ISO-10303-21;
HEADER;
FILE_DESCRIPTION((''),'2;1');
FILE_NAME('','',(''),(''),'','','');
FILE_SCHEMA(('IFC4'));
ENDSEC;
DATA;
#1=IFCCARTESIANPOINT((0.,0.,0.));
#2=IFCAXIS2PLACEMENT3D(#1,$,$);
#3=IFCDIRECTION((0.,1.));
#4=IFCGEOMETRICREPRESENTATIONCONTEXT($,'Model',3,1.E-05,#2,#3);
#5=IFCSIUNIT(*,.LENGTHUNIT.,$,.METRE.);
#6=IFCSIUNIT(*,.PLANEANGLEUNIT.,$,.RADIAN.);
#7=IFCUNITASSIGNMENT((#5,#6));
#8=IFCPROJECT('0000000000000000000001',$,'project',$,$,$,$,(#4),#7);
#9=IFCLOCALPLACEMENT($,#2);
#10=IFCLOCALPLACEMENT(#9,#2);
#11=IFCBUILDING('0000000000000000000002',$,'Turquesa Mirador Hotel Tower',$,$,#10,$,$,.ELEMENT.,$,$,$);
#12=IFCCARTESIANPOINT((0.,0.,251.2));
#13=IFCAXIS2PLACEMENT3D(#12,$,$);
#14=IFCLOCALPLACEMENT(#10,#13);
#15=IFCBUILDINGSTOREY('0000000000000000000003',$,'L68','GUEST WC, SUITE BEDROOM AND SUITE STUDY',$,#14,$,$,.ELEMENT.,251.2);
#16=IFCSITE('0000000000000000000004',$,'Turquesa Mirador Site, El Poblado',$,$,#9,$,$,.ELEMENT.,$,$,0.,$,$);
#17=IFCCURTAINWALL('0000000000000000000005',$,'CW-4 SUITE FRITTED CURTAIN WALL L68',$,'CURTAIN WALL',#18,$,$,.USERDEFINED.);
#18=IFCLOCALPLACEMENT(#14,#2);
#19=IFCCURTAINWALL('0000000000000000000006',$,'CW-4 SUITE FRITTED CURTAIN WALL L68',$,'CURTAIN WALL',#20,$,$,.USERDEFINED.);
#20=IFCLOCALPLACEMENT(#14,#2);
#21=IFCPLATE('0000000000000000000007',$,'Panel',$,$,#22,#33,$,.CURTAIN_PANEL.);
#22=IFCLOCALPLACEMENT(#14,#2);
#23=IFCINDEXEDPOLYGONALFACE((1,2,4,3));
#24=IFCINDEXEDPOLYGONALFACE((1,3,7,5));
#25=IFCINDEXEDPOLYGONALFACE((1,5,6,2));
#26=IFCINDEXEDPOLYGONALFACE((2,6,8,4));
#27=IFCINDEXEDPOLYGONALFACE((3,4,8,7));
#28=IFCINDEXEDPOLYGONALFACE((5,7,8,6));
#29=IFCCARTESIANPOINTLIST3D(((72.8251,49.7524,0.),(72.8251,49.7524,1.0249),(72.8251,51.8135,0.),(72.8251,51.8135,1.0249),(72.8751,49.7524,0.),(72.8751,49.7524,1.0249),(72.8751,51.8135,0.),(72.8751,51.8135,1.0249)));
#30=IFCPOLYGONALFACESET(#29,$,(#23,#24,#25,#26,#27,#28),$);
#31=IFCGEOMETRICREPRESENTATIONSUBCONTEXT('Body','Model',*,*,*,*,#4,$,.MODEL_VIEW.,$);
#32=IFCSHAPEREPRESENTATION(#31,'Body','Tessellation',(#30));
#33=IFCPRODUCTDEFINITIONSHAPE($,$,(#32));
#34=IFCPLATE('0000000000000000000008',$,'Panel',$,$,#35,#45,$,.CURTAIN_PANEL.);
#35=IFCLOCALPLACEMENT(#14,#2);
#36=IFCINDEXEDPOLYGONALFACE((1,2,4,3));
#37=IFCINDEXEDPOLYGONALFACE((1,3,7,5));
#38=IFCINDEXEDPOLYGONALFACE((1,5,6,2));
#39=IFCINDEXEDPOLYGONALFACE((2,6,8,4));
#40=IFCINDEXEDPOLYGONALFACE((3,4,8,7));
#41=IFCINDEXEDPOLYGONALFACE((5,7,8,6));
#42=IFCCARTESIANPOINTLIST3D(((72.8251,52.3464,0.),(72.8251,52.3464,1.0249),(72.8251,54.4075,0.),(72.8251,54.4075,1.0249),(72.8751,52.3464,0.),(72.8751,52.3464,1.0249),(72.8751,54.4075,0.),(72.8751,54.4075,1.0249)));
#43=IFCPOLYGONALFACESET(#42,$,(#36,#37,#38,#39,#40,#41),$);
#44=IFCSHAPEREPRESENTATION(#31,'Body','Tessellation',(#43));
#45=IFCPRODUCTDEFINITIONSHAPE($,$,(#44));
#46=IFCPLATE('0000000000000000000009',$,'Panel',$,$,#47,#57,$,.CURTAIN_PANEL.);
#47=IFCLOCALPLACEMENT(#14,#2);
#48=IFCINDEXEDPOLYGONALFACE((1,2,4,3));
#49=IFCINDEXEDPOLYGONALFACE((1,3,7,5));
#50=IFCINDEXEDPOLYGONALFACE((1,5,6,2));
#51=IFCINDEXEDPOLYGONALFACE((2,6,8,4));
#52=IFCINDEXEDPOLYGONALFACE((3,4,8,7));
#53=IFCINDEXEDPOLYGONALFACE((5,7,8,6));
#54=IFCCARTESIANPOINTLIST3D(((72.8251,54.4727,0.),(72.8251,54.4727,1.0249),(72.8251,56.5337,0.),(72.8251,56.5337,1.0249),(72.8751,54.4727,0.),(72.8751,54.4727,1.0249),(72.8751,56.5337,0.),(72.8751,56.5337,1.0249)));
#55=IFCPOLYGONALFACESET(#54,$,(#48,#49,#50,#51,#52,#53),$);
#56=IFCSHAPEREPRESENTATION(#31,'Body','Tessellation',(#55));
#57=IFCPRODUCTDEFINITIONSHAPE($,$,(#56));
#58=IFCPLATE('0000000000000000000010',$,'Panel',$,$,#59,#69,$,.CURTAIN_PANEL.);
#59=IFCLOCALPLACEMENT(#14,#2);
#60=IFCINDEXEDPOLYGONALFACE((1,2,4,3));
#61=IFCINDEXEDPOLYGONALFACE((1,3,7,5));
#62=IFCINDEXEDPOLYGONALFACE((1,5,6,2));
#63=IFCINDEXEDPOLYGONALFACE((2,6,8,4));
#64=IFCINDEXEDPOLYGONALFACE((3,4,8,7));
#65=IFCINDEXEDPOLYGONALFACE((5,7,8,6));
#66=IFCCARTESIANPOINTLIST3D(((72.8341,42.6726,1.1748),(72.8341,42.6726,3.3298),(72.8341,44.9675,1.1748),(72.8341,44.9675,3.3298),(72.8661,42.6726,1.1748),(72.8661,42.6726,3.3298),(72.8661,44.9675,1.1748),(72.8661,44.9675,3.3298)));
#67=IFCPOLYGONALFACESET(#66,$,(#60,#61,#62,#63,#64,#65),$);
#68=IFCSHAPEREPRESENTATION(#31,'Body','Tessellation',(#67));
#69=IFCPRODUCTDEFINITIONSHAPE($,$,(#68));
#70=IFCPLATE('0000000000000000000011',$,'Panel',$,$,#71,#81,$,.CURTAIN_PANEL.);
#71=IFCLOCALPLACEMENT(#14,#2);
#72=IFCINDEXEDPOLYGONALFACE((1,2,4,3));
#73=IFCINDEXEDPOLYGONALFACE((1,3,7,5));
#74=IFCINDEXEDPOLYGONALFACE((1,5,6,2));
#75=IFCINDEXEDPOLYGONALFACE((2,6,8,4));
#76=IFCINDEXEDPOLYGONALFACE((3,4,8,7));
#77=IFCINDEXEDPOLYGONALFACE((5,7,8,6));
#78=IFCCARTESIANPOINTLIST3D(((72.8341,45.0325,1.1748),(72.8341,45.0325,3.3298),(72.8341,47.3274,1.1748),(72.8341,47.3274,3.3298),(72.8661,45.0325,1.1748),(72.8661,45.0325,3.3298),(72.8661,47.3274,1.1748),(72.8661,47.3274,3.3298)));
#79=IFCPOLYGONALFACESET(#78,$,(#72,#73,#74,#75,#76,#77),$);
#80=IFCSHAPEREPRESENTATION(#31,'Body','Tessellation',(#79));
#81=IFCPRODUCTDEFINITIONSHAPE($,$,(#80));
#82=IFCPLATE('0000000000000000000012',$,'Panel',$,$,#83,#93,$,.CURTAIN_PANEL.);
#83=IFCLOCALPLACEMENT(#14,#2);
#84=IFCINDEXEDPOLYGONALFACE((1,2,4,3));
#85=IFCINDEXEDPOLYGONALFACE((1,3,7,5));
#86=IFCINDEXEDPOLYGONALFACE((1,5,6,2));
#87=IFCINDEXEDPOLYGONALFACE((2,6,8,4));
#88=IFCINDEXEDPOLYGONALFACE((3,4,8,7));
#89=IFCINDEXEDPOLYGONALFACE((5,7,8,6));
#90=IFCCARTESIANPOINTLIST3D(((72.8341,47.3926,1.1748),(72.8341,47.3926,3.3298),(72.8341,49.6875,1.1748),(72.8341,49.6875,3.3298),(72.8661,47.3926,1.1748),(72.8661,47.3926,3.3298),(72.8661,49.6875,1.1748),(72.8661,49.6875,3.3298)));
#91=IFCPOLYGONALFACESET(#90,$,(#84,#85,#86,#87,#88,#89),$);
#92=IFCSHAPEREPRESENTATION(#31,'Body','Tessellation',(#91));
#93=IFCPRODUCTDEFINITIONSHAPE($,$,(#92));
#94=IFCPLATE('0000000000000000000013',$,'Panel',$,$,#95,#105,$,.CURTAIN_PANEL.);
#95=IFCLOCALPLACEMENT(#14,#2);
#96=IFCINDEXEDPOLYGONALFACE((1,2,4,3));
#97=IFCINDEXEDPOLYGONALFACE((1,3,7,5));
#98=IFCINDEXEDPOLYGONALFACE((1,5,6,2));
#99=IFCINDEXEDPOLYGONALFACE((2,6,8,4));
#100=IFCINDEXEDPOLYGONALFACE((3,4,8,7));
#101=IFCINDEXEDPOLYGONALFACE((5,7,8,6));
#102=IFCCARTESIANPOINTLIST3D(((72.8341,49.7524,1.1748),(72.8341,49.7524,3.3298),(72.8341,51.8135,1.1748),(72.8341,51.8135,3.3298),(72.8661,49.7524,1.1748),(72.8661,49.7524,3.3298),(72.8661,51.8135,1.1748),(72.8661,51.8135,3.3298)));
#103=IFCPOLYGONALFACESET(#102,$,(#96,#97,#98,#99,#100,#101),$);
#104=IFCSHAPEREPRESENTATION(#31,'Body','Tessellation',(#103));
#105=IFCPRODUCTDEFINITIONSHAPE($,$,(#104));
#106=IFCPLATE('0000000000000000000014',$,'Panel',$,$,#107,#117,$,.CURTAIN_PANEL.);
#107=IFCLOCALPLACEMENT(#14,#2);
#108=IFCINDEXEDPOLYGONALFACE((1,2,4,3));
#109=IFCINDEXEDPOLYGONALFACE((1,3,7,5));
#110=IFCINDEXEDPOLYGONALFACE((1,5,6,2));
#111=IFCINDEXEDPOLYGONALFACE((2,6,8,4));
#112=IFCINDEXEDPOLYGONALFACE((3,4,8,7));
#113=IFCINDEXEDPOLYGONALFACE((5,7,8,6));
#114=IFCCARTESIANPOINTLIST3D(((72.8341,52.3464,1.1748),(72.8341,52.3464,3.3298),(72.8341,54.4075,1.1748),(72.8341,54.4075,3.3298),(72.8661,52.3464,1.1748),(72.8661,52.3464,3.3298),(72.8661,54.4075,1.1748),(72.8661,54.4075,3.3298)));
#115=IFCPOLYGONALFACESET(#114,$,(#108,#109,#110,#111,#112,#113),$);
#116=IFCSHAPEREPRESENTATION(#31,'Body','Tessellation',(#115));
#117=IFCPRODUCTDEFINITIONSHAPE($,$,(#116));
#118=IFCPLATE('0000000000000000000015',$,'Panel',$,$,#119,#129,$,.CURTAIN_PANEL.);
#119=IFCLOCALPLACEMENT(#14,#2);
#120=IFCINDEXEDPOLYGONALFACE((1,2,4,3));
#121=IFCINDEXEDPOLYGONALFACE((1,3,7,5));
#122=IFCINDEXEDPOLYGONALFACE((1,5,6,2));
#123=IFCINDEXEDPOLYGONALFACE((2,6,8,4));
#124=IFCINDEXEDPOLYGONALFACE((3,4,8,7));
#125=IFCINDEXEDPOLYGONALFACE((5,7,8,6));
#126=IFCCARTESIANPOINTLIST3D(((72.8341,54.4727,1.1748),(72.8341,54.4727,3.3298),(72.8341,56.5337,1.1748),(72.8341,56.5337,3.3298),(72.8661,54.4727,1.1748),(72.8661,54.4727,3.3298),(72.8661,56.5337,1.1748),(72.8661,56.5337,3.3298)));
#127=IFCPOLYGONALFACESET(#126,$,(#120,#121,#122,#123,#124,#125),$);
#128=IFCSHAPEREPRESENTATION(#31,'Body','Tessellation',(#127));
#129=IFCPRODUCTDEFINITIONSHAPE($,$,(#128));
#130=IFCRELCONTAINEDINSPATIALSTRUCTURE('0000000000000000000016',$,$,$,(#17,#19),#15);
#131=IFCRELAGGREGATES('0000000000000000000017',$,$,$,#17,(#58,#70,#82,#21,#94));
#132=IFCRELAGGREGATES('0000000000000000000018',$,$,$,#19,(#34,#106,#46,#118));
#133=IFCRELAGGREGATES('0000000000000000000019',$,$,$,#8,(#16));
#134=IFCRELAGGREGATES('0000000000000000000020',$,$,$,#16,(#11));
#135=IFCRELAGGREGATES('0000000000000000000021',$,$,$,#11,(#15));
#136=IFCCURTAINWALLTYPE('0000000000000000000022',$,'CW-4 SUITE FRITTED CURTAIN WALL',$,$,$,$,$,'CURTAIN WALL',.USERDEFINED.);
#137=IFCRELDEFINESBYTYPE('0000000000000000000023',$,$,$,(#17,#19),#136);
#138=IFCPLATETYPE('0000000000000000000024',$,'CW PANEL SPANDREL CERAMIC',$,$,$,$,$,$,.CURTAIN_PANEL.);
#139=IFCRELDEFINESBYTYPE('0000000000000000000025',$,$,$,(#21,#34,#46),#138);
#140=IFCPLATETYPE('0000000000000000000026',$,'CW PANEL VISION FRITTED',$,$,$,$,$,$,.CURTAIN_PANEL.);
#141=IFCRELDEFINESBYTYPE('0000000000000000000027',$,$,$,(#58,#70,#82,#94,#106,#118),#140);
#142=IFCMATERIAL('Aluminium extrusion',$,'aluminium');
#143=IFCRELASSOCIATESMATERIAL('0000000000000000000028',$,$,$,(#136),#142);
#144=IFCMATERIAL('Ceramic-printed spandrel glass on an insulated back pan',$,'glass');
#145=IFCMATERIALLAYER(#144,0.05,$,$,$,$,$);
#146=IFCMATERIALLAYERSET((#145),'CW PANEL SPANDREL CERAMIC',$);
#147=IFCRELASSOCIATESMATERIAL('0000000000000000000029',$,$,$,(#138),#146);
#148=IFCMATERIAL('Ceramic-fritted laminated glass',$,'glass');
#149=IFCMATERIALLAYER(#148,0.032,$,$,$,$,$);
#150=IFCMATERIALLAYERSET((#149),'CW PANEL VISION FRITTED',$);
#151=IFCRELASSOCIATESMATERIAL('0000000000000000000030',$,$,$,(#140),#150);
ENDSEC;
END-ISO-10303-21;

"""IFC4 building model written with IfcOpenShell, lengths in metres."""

from ifc_helpers import new_model, si_unit, direction, frame, origin, origin_2d, place, context, subcontext, project, spatial, rectangle, extrude, material, layer, layer_set, type_object, element, aggregate, save


model = new_model("IFC4")

# Units and contexts
model_context = context("Model", 3, precision=1e-05, world=origin(), true_north=direction((0.0, 1.0)))
body_context = subcontext(model_context, "Body", "Model", "MODEL_VIEW")
ifc_project = project(units=[si_unit("LENGTHUNIT", "METRE"), si_unit("PLANEANGLEUNIT", "RADIAN")], contexts=[model_context])

# Site, building, storey
site_placement = place(None, origin())
site = spatial("IfcSite", under=ifc_project, at=site_placement, Name="Turquesa Mirador Site, El Poblado", CompositionType="ELEMENT", RefElevation=0.0)
building_placement = place(site_placement, origin())
building = spatial("IfcBuilding", under=site, at=building_placement, Name="Turquesa Mirador Hotel Tower", CompositionType="ELEMENT")
storey_placement = place(building_placement, frame((0.0, 0.0, 251.2)))
storey = spatial("IfcBuildingStorey", under=building, at=storey_placement, Name="L68", Description="GUEST WC, SUITE BEDROOM AND SUITE STUDY", CompositionType="ELEMENT", Elevation=251.2)

# Curtain walls
ifc_material_1 = material(Name="Aluminium extrusion", Category="aluminium")
curtain_wall_type = type_object("IfcCurtainWallType", Name="CW-4 SUITE FRITTED CURTAIN WALL", ElementType="CURTAIN WALL", PredefinedType="USERDEFINED", material=ifc_material_1)
curtain_wall_1_placement = place(storey_placement, origin())
curtain_wall_1 = element("IfcCurtainWall", 1, at=curtain_wall_1_placement, inside=storey, type_object=curtain_wall_type, Name="CW-4 SUITE FRITTED CURTAIN WALL L68", ObjectType="CURTAIN WALL", PredefinedType="USERDEFINED")
curtain_wall_2_placement = place(storey_placement, origin())
curtain_wall_2 = element("IfcCurtainWall", 2, at=curtain_wall_2_placement, inside=storey, type_object=curtain_wall_type, Name="CW-4 SUITE FRITTED CURTAIN WALL L68", ObjectType="CURTAIN WALL", PredefinedType="USERDEFINED")

# Plates
ifc_material_2 = material(Name="Ceramic-printed spandrel glass on an insulated back pan", Category="glass")
ifc_layer_1 = layer(ifc_material_2, 0.05)
ifc_layer_set_1 = layer_set([ifc_layer_1], Name="CW PANEL SPANDREL CERAMIC")
plate_type_1 = type_object("IfcPlateType", Name="CW PANEL SPANDREL CERAMIC", PredefinedType="CURTAIN_PANEL", material=ifc_layer_set_1)
plate_1_placement = place(storey_placement, frame((72.8501, 50.783, 0.0), z_axis=(0.0, 0.0, 1.0), x_axis=(0.0, 1.0, 0.0)))
plate_1 = element("IfcPlate", 3, at=plate_1_placement, type_object=plate_type_1, Name="Panel", PredefinedType="CURTAIN_PANEL", context=body_context, shape_type="SweptSolid", body=[
    extrude(rectangle(XDim=2.061, YDim=0.05, at=origin_2d()), origin(), (0.0, 0.0, 1.0), 1.0249),
])
plate_2_placement = place(storey_placement, frame((72.8501, 53.377, 0.0), z_axis=(0.0, 0.0, 1.0), x_axis=(0.0, 1.0, 0.0)))
plate_2 = element("IfcPlate", 4, at=plate_2_placement, type_object=plate_type_1, Name="Panel", PredefinedType="CURTAIN_PANEL", context=body_context, shape_type="SweptSolid", body=[
    extrude(rectangle(XDim=2.061, YDim=0.05, at=origin_2d()), origin(), (0.0, 0.0, 1.0), 1.0249),
])
plate_3_placement = place(storey_placement, frame((72.8501, 55.5032, 0.0), z_axis=(0.0, 0.0, 1.0), x_axis=(0.0, 1.0, 0.0)))
plate_3 = element("IfcPlate", 5, at=plate_3_placement, type_object=plate_type_1, Name="Panel", PredefinedType="CURTAIN_PANEL", context=body_context, shape_type="SweptSolid", body=[
    extrude(rectangle(XDim=2.061, YDim=0.05, at=origin_2d()), origin(), (0.0, 0.0, 1.0), 1.0249),
])
ifc_material_3 = material(Name="Ceramic-fritted laminated glass", Category="glass")
ifc_layer_2 = layer(ifc_material_3, 0.032)
ifc_layer_set_2 = layer_set([ifc_layer_2], Name="CW PANEL VISION FRITTED")
plate_type_2 = type_object("IfcPlateType", Name="CW PANEL VISION FRITTED", PredefinedType="CURTAIN_PANEL", material=ifc_layer_set_2)
plate_4_placement = place(storey_placement, frame((72.8501, 43.8201, 1.1748), z_axis=(0.0, 0.0, 1.0), x_axis=(0.0, 1.0, 0.0)))
plate_4 = element("IfcPlate", 6, at=plate_4_placement, type_object=plate_type_2, Name="Panel", PredefinedType="CURTAIN_PANEL", context=body_context, shape_type="SweptSolid", body=[
    extrude(rectangle(XDim=2.2949, YDim=0.032, at=origin_2d()), origin(), (0.0, 0.0, 1.0), 2.155),
])
plate_5_placement = place(storey_placement, frame((72.8501, 46.1799, 1.1748), z_axis=(0.0, 0.0, 1.0), x_axis=(0.0, 1.0, 0.0)))
plate_5 = element("IfcPlate", 7, at=plate_5_placement, type_object=plate_type_2, Name="Panel", PredefinedType="CURTAIN_PANEL", context=body_context, shape_type="SweptSolid", body=[
    extrude(rectangle(XDim=2.2949, YDim=0.032, at=origin_2d()), origin(), (0.0, 0.0, 1.0), 2.155),
])
plate_6_placement = place(storey_placement, frame((72.8501, 48.54, 1.1748), z_axis=(0.0, 0.0, 1.0), x_axis=(0.0, 1.0, 0.0)))
plate_6 = element("IfcPlate", 8, at=plate_6_placement, type_object=plate_type_2, Name="Panel", PredefinedType="CURTAIN_PANEL", context=body_context, shape_type="SweptSolid", body=[
    extrude(rectangle(XDim=2.2949, YDim=0.032, at=origin_2d()), origin(), (0.0, 0.0, 1.0), 2.155),
])
plate_7_placement = place(storey_placement, frame((72.8501, 50.783, 1.1748), z_axis=(0.0, 0.0, 1.0), x_axis=(0.0, 1.0, 0.0)))
plate_7 = element("IfcPlate", 9, at=plate_7_placement, type_object=plate_type_2, Name="Panel", PredefinedType="CURTAIN_PANEL", context=body_context, shape_type="SweptSolid", body=[
    extrude(rectangle(XDim=2.061, YDim=0.032, at=origin_2d()), origin(), (0.0, 0.0, 1.0), 2.155),
])
aggregate(curtain_wall_1, [plate_4, plate_5, plate_6, plate_1, plate_7])
plate_8_placement = place(storey_placement, frame((72.8501, 53.377, 1.1748), z_axis=(0.0, 0.0, 1.0), x_axis=(0.0, 1.0, 0.0)))
plate_8 = element("IfcPlate", 10, at=plate_8_placement, type_object=plate_type_2, Name="Panel", PredefinedType="CURTAIN_PANEL", context=body_context, shape_type="SweptSolid", body=[
    extrude(rectangle(XDim=2.061, YDim=0.032, at=origin_2d()), origin(), (0.0, 0.0, 1.0), 2.155),
])
plate_9_placement = place(storey_placement, frame((72.8501, 55.5032, 1.1748), z_axis=(0.0, 0.0, 1.0), x_axis=(0.0, 1.0, 0.0)))
plate_9 = element("IfcPlate", 11, at=plate_9_placement, type_object=plate_type_2, Name="Panel", PredefinedType="CURTAIN_PANEL", context=body_context, shape_type="SweptSolid", body=[
    extrude(rectangle(XDim=2.061, YDim=0.032, at=origin_2d()), origin(), (0.0, 0.0, 1.0), 2.155),
])
aggregate(curtain_wall_2, [plate_2, plate_8, plate_3, plate_9])

save(model, "model.ifc")
